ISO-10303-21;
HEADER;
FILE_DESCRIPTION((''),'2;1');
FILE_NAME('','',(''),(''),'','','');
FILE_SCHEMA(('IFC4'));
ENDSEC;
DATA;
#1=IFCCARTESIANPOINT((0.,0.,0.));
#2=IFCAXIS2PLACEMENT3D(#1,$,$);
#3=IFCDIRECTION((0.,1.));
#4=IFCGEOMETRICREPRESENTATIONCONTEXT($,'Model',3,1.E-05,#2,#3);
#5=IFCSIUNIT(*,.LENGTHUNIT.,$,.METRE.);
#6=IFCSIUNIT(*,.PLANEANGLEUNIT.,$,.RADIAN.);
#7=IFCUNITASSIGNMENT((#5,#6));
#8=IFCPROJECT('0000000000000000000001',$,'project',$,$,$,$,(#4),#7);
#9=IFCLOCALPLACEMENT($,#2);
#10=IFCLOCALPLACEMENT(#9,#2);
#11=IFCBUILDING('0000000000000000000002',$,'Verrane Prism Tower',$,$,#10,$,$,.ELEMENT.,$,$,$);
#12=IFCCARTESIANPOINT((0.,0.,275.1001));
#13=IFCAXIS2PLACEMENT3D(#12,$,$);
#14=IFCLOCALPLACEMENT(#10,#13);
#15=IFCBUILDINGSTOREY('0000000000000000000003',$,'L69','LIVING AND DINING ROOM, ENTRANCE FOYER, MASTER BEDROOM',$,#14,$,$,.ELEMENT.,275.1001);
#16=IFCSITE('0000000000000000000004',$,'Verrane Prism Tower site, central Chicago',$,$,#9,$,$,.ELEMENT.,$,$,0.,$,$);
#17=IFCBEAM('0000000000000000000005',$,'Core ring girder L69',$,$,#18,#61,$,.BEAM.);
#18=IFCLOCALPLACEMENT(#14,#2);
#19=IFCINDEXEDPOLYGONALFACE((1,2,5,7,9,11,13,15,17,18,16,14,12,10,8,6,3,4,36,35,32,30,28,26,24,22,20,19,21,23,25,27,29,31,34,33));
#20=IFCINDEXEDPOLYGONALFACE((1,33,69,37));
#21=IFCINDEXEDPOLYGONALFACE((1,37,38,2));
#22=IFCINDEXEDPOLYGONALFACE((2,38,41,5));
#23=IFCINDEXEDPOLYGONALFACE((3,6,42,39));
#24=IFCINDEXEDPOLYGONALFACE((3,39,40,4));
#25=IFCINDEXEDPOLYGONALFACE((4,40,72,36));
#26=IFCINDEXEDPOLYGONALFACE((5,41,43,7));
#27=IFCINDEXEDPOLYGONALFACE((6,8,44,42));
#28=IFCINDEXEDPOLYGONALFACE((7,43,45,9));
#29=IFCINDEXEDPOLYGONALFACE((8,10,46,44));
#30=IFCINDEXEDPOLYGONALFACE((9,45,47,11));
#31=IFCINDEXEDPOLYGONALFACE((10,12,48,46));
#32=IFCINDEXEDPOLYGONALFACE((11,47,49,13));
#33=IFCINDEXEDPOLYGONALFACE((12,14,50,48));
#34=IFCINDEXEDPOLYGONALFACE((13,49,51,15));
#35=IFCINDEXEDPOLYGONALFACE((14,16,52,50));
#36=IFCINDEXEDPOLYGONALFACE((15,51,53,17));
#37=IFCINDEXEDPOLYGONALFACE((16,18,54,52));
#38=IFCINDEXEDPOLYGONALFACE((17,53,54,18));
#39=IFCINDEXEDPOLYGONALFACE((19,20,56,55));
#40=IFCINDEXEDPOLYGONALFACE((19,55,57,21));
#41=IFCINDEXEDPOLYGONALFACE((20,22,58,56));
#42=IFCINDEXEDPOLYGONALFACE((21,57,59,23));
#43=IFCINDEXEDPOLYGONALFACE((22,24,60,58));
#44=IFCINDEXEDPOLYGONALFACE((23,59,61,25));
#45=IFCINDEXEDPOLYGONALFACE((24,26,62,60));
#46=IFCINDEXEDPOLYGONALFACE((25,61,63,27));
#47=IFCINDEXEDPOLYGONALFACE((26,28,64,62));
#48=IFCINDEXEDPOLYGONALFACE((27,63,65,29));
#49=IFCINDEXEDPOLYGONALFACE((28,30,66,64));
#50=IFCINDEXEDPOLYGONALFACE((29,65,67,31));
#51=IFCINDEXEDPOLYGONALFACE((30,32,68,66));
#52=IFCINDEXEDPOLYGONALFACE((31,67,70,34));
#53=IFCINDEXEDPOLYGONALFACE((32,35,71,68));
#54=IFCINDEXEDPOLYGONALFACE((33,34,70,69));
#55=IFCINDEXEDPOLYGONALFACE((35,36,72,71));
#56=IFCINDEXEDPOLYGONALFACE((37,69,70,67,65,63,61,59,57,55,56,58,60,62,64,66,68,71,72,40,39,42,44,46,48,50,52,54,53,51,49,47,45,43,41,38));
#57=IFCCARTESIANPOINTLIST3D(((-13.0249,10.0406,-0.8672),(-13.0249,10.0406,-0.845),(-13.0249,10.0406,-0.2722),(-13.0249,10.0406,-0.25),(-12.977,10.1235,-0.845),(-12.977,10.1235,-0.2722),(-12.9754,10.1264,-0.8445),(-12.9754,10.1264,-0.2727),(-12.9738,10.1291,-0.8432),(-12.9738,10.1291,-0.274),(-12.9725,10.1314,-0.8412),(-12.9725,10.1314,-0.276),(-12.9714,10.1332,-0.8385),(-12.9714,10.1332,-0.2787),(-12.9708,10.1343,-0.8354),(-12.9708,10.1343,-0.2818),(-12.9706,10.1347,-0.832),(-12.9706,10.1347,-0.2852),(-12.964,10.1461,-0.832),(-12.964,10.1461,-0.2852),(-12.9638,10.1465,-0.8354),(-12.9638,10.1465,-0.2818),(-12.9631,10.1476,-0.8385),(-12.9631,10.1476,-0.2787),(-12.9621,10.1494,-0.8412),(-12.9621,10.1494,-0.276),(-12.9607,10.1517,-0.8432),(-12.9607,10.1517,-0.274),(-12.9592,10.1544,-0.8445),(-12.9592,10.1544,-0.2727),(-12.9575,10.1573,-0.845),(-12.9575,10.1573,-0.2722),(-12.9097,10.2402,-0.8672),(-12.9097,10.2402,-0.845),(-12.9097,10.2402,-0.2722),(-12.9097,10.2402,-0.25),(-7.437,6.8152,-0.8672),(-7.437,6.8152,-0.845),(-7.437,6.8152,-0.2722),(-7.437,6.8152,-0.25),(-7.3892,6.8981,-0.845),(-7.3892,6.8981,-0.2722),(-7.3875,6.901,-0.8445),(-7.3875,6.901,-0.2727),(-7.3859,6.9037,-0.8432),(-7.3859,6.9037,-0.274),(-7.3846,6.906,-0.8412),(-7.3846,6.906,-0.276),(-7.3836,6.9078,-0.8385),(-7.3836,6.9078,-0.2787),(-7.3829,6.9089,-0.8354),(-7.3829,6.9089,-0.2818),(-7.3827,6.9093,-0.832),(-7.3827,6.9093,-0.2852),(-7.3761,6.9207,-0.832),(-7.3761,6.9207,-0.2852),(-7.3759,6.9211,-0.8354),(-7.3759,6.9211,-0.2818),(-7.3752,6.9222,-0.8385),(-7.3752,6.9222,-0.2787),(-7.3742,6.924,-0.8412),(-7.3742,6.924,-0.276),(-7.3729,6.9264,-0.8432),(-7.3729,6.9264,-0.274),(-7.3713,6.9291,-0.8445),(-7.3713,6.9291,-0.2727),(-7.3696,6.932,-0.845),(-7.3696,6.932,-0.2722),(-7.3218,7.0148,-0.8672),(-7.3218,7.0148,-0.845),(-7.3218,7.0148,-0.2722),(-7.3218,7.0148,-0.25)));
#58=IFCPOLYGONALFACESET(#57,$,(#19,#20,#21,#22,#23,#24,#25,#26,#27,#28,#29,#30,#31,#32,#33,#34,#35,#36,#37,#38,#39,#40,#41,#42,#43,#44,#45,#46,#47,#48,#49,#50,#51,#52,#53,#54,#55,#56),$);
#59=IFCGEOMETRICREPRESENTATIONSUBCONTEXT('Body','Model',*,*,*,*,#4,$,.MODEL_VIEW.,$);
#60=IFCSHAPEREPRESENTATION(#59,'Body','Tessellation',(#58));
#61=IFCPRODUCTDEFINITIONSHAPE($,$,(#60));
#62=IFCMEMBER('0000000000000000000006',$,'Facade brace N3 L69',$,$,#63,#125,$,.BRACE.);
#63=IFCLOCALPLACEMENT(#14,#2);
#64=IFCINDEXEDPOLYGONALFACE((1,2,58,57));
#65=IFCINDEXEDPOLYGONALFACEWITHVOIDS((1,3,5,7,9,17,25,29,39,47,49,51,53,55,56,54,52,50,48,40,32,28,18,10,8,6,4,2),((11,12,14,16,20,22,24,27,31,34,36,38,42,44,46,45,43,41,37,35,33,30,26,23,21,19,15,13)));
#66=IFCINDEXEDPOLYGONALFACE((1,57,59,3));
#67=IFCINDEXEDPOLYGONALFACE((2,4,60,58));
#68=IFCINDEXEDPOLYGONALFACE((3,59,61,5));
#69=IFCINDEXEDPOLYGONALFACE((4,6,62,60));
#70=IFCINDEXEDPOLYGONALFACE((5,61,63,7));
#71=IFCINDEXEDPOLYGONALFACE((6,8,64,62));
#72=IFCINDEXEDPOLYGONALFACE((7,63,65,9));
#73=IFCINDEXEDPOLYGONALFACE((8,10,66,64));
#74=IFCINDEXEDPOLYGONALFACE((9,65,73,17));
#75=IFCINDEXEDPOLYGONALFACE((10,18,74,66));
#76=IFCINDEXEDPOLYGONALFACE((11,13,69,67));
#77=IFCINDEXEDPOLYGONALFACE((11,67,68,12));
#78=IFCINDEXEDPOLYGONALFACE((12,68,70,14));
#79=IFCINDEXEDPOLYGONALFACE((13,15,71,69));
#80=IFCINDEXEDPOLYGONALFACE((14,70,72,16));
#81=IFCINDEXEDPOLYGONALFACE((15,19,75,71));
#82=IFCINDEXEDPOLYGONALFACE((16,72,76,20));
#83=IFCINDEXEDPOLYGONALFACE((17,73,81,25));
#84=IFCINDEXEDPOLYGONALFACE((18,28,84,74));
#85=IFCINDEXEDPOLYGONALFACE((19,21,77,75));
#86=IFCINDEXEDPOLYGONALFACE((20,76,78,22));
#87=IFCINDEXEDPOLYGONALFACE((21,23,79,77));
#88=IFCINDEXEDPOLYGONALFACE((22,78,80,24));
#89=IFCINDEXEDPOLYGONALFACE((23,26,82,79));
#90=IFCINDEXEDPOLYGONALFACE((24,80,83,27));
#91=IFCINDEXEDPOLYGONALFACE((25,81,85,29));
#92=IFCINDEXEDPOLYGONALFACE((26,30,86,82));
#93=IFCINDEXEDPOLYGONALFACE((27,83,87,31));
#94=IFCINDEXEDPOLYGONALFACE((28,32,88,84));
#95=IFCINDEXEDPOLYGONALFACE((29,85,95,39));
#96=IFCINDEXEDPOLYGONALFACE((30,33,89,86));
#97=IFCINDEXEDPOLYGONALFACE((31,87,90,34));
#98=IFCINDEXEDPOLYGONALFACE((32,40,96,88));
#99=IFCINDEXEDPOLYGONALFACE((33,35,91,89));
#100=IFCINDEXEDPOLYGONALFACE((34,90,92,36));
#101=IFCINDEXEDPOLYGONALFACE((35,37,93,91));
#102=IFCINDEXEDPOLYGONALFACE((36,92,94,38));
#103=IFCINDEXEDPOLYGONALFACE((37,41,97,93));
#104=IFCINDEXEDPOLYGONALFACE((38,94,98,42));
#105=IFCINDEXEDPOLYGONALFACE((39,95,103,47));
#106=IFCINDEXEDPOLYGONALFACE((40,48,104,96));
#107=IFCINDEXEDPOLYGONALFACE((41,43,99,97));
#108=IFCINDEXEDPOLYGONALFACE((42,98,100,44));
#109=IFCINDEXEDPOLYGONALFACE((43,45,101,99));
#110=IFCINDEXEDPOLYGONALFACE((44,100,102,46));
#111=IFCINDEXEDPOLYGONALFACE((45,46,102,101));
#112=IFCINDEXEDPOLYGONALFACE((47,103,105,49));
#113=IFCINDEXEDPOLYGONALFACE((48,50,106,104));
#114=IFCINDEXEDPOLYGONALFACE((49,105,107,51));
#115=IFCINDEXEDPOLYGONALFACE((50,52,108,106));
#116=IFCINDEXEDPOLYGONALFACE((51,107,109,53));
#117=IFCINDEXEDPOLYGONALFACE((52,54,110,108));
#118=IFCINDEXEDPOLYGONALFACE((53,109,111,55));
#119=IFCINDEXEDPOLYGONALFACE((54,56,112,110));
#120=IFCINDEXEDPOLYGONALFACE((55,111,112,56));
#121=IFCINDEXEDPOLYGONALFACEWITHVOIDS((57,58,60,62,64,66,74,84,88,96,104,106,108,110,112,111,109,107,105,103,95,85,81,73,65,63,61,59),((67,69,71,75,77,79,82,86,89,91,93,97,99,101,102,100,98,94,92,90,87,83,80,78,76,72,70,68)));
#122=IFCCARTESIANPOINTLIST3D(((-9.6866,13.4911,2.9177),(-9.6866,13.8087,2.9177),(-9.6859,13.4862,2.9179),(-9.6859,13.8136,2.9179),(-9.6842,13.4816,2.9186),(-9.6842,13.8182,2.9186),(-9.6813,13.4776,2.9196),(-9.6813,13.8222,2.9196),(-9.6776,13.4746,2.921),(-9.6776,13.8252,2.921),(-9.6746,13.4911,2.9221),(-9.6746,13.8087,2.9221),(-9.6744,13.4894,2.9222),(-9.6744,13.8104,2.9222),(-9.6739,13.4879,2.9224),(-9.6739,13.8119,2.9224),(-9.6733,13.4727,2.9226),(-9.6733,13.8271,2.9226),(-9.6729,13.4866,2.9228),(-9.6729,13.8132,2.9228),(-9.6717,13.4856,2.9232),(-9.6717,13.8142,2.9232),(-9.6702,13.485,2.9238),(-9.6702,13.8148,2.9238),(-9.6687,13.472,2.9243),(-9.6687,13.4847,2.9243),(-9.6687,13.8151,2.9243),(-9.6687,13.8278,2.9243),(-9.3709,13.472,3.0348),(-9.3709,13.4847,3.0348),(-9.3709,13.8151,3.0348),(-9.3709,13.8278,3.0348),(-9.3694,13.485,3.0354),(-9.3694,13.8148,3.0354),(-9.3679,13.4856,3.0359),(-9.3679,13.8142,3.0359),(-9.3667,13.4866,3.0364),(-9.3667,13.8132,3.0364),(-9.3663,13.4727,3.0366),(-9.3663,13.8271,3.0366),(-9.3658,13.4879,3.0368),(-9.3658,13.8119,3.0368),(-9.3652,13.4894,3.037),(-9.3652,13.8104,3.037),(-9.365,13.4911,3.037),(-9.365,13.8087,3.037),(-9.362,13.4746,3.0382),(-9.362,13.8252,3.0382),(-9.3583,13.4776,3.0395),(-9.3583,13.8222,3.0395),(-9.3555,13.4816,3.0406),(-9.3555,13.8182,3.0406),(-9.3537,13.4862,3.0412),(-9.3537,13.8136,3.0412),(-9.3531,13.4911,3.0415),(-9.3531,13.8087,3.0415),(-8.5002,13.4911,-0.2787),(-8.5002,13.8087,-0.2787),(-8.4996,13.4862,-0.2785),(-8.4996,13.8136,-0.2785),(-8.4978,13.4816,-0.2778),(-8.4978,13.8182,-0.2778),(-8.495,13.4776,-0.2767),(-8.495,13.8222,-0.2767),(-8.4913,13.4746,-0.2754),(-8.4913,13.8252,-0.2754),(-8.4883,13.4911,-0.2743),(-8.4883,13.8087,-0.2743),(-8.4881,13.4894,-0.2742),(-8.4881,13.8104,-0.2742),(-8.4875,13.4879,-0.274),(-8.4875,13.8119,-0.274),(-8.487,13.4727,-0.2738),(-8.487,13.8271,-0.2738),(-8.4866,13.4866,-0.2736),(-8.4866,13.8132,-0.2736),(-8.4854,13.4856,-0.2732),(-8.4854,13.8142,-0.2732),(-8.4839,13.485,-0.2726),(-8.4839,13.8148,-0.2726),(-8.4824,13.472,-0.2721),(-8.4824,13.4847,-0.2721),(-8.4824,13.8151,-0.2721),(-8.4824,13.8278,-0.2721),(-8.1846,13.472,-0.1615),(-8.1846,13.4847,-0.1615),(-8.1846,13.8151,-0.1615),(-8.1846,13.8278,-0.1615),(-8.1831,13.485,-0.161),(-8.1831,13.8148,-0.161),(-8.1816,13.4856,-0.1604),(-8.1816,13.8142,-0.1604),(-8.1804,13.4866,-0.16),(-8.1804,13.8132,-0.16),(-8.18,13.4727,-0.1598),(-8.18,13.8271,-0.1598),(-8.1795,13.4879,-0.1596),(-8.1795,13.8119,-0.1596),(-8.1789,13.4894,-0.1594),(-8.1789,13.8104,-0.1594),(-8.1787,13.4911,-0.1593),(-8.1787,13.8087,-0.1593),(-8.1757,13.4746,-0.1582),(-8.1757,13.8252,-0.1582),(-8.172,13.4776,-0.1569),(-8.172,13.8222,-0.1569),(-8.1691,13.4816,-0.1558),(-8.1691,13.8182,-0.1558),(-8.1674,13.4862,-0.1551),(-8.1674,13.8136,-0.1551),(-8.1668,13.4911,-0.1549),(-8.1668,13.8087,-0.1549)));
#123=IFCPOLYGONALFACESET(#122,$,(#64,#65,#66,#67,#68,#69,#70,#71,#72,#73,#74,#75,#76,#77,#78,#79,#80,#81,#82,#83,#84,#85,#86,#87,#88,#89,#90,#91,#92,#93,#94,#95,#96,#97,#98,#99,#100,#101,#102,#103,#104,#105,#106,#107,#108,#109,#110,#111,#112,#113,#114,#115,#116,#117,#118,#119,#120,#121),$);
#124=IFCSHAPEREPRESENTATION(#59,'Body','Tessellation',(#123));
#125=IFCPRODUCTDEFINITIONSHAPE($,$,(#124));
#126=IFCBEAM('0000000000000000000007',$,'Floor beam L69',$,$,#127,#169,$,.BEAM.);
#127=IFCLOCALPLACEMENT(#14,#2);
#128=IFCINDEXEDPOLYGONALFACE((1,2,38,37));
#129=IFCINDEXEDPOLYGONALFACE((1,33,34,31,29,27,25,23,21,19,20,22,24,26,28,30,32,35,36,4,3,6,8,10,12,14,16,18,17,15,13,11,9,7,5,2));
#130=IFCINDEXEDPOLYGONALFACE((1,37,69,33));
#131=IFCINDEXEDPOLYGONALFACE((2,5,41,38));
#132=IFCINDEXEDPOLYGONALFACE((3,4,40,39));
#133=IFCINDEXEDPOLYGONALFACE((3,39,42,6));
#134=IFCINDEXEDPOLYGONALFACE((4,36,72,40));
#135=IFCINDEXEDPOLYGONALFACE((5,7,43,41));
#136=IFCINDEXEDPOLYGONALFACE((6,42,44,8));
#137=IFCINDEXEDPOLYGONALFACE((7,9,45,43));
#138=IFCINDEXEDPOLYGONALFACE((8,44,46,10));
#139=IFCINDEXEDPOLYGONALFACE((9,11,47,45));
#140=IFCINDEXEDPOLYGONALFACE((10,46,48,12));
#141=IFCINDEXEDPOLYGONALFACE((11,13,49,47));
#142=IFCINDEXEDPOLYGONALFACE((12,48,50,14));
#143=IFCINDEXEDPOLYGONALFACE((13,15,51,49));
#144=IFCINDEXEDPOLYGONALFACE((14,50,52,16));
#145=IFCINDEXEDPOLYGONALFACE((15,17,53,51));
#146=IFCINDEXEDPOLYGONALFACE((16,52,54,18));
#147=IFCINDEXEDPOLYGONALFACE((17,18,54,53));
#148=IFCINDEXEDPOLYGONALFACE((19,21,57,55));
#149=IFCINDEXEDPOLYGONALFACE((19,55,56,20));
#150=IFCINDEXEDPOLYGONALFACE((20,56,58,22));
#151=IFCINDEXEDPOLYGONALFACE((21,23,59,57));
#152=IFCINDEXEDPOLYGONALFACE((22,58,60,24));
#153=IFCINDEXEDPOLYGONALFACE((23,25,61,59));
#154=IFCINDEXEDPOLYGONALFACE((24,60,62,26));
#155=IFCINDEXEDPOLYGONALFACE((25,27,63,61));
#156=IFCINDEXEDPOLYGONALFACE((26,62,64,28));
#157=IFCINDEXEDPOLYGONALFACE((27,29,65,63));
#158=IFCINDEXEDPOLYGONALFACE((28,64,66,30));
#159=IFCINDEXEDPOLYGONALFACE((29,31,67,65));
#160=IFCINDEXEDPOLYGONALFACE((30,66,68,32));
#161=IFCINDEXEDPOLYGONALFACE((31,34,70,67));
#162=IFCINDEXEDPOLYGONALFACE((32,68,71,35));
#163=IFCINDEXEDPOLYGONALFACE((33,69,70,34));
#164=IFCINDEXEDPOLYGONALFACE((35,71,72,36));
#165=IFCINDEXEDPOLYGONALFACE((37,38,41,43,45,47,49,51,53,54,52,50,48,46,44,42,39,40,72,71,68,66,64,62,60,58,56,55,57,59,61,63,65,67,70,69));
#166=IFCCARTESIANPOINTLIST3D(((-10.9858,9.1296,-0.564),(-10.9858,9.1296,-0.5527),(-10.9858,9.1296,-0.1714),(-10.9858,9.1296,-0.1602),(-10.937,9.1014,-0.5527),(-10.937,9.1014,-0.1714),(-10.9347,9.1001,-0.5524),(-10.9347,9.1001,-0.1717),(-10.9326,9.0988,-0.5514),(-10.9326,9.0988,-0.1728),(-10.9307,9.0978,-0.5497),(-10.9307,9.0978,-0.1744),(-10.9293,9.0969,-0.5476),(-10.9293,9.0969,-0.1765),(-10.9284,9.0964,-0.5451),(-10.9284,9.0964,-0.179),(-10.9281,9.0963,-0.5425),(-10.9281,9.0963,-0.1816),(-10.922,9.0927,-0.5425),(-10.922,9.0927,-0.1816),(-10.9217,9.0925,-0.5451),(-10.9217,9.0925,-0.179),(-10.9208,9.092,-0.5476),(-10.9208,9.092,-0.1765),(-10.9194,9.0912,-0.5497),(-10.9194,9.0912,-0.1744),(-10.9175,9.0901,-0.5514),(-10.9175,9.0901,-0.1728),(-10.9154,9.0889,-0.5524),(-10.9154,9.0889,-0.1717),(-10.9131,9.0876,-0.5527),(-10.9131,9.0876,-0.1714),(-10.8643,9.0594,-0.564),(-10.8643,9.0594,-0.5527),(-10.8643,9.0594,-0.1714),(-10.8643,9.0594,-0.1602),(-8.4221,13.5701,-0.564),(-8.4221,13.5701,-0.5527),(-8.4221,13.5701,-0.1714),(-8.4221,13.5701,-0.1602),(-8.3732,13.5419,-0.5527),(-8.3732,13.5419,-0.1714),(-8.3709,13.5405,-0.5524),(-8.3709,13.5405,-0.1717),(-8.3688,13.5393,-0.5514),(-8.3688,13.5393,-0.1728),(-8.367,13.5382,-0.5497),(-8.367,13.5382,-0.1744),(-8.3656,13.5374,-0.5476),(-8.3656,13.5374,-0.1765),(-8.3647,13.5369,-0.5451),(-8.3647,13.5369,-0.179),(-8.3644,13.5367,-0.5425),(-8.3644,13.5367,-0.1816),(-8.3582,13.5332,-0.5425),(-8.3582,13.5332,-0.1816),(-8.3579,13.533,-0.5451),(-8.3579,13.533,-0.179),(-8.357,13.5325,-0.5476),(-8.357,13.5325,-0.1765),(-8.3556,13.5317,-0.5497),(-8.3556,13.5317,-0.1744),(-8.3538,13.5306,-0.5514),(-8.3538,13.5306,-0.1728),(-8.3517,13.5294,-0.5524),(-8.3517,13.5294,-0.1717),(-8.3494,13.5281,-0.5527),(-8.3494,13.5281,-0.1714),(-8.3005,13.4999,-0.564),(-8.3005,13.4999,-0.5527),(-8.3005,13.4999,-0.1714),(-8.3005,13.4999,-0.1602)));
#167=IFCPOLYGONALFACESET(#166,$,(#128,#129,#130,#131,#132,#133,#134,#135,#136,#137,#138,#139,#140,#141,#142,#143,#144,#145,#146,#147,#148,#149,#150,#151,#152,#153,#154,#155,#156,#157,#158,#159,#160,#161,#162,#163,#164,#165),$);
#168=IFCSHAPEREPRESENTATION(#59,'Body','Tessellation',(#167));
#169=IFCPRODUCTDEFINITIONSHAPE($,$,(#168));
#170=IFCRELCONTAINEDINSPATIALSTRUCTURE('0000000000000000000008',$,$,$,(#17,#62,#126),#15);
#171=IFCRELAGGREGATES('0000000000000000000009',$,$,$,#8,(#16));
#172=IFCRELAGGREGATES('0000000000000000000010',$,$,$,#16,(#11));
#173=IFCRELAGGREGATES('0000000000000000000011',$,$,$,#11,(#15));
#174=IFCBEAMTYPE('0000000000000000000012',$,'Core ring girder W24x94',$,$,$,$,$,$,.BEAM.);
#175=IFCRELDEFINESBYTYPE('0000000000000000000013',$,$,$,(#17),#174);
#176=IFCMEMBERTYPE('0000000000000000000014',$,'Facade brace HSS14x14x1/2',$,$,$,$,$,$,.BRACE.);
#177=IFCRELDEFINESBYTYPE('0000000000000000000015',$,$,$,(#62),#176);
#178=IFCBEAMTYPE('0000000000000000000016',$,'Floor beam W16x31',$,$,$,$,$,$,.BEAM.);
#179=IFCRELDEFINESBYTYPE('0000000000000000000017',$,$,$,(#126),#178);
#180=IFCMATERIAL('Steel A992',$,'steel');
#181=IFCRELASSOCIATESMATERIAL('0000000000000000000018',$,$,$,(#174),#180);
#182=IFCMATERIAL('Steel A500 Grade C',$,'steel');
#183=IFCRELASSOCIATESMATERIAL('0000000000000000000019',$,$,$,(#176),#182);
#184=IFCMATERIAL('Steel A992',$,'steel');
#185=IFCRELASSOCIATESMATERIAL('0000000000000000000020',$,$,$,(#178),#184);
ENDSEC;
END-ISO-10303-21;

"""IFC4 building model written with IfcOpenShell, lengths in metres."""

from ifc_helpers import new_model, si_unit, direction, frame, origin, origin_2d, place, context, subcontext, project, spatial, hollow_rectangle, i_section, extrude, material, material_profile, profile_set, type_object, element, save


model = new_model("IFC4")

# Units and contexts
model_context = context("Model", 3, precision=1e-05, world=origin(), true_north=direction((0.0, 1.0)))
body_context = subcontext(model_context, "Body", "Model", "MODEL_VIEW")
ifc_project = project(units=[si_unit("LENGTHUNIT", "METRE"), si_unit("PLANEANGLEUNIT", "RADIAN")], contexts=[model_context])

# Site, building, storey
site_placement = place(None, origin())
site = spatial("IfcSite", under=ifc_project, at=site_placement, Name="Verrane Prism Tower site, central Chicago", CompositionType="ELEMENT", RefElevation=0.0)
building_placement = place(site_placement, origin())
building = spatial("IfcBuilding", under=site, at=building_placement, Name="Verrane Prism Tower", CompositionType="ELEMENT")
storey_placement = place(building_placement, frame((0.0, 0.0, 275.1001)))
storey = spatial("IfcBuildingStorey", under=building, at=storey_placement, Name="L69", Description="LIVING AND DINING ROOM, ENTRANCE FOYER, MASTER BEDROOM", CompositionType="ELEMENT", Elevation=275.1001)

# Beam
ifc_material_1 = material(Name="Steel A992", Category="steel")
ifc_material_profile_1 = material_profile(ifc_material_1, i_section(OverallWidth=0.2305, OverallDepth=0.6172, WebThickness=0.0132, FlangeThickness=0.0222, FilletRadius=0.0129, at=origin_2d()), Name="W24x94")
ifc_profile_set_1 = profile_set([ifc_material_profile_1], Name="Steel A992")
beam_type_1 = type_object("IfcBeamType", Name="Core ring girder W24x94", PredefinedType="BEAM", material=ifc_profile_set_1)
beam_1_placement = place(storey_placement, frame((-7.3794, 6.915, -0.5586), z_axis=(-0.866081, 0.499904, 0.0), x_axis=(-0.499904, -0.866081, 0.0)))
element("IfcBeam", 1, at=beam_1_placement, inside=storey, type_object=beam_type_1, Name="Core ring girder L69", PredefinedType="BEAM", context=body_context, shape_type="SweptSolid", body=[
    extrude(i_section(OverallWidth=0.2305, OverallDepth=0.6172, WebThickness=0.0132, FlangeThickness=0.0222, FilletRadius=0.0129, at=origin_2d()), origin(), (0.0, 0.0, 1.0), 6.4519),
])

# Member
ifc_material_2 = material(Name="Steel A500 Grade C", Category="steel")
ifc_material_profile_2 = material_profile(ifc_material_2, hollow_rectangle(XDim=0.3557, YDim=0.3557, WallThickness=0.0127, InnerFilletRadius=0.0063, OuterFilletRadius=0.019, at=origin_2d()), Name="HSS14x14x1/2")
ifc_profile_set_2 = profile_set([ifc_material_profile_2], Name="Steel A500 Grade C")
member_type_1 = type_object("IfcMemberType", Name="Facade brace HSS14x14x1/2", PredefinedType="BRACE", material=ifc_profile_set_2)
member_1_placement = place(storey_placement, frame((-8.3335, 13.6499, -0.2168), z_axis=(-0.347951, 0.0, 0.937513), x_axis=(0.0, -1.0, 0.0)))
element("IfcMember", 2, at=member_1_placement, inside=storey, type_object=member_type_1, Name="Facade brace N3 L69", PredefinedType="BRACE", context=body_context, shape_type="SweptSolid", body=[
    extrude(hollow_rectangle(XDim=0.3557, YDim=0.3557, WallThickness=0.0127, InnerFilletRadius=0.0063, OuterFilletRadius=0.019, at=origin_2d()), origin(), (0.0, 0.0, 1.0), 3.4094),
])

# Beam
ifc_material_3 = material(Name="Steel A992", Category="steel")
ifc_material_profile_3 = material_profile(ifc_material_3, i_section(OverallWidth=0.1404, OverallDepth=0.4038, WebThickness=0.0071, FlangeThickness=0.0112, FilletRadius=0.0103, at=origin_2d()), Name="W16x31")
ifc_profile_set_3 = profile_set([ifc_material_profile_3], Name="Steel A992")
beam_type_2 = type_object("IfcBeamType", Name="Floor beam W16x31", PredefinedType="BEAM", material=ifc_profile_set_3)
beam_2_placement = place(storey_placement, frame((-10.925, 9.0945, -0.3621), z_axis=(0.500005, 0.866022, 0.0), x_axis=(-0.866022, 0.500005, 0.0)))
element("IfcBeam", 3, at=beam_2_placement, inside=storey, type_object=beam_type_2, Name="Floor beam L69", PredefinedType="BEAM", context=body_context, shape_type="SweptSolid", body=[
    extrude(i_section(OverallWidth=0.1404, OverallDepth=0.4038, WebThickness=0.0071, FlangeThickness=0.0112, FilletRadius=0.0103, at=origin_2d()), origin(), (0.0, 0.0, 1.0), 5.1274),
])

save(model, "model.ifc")
